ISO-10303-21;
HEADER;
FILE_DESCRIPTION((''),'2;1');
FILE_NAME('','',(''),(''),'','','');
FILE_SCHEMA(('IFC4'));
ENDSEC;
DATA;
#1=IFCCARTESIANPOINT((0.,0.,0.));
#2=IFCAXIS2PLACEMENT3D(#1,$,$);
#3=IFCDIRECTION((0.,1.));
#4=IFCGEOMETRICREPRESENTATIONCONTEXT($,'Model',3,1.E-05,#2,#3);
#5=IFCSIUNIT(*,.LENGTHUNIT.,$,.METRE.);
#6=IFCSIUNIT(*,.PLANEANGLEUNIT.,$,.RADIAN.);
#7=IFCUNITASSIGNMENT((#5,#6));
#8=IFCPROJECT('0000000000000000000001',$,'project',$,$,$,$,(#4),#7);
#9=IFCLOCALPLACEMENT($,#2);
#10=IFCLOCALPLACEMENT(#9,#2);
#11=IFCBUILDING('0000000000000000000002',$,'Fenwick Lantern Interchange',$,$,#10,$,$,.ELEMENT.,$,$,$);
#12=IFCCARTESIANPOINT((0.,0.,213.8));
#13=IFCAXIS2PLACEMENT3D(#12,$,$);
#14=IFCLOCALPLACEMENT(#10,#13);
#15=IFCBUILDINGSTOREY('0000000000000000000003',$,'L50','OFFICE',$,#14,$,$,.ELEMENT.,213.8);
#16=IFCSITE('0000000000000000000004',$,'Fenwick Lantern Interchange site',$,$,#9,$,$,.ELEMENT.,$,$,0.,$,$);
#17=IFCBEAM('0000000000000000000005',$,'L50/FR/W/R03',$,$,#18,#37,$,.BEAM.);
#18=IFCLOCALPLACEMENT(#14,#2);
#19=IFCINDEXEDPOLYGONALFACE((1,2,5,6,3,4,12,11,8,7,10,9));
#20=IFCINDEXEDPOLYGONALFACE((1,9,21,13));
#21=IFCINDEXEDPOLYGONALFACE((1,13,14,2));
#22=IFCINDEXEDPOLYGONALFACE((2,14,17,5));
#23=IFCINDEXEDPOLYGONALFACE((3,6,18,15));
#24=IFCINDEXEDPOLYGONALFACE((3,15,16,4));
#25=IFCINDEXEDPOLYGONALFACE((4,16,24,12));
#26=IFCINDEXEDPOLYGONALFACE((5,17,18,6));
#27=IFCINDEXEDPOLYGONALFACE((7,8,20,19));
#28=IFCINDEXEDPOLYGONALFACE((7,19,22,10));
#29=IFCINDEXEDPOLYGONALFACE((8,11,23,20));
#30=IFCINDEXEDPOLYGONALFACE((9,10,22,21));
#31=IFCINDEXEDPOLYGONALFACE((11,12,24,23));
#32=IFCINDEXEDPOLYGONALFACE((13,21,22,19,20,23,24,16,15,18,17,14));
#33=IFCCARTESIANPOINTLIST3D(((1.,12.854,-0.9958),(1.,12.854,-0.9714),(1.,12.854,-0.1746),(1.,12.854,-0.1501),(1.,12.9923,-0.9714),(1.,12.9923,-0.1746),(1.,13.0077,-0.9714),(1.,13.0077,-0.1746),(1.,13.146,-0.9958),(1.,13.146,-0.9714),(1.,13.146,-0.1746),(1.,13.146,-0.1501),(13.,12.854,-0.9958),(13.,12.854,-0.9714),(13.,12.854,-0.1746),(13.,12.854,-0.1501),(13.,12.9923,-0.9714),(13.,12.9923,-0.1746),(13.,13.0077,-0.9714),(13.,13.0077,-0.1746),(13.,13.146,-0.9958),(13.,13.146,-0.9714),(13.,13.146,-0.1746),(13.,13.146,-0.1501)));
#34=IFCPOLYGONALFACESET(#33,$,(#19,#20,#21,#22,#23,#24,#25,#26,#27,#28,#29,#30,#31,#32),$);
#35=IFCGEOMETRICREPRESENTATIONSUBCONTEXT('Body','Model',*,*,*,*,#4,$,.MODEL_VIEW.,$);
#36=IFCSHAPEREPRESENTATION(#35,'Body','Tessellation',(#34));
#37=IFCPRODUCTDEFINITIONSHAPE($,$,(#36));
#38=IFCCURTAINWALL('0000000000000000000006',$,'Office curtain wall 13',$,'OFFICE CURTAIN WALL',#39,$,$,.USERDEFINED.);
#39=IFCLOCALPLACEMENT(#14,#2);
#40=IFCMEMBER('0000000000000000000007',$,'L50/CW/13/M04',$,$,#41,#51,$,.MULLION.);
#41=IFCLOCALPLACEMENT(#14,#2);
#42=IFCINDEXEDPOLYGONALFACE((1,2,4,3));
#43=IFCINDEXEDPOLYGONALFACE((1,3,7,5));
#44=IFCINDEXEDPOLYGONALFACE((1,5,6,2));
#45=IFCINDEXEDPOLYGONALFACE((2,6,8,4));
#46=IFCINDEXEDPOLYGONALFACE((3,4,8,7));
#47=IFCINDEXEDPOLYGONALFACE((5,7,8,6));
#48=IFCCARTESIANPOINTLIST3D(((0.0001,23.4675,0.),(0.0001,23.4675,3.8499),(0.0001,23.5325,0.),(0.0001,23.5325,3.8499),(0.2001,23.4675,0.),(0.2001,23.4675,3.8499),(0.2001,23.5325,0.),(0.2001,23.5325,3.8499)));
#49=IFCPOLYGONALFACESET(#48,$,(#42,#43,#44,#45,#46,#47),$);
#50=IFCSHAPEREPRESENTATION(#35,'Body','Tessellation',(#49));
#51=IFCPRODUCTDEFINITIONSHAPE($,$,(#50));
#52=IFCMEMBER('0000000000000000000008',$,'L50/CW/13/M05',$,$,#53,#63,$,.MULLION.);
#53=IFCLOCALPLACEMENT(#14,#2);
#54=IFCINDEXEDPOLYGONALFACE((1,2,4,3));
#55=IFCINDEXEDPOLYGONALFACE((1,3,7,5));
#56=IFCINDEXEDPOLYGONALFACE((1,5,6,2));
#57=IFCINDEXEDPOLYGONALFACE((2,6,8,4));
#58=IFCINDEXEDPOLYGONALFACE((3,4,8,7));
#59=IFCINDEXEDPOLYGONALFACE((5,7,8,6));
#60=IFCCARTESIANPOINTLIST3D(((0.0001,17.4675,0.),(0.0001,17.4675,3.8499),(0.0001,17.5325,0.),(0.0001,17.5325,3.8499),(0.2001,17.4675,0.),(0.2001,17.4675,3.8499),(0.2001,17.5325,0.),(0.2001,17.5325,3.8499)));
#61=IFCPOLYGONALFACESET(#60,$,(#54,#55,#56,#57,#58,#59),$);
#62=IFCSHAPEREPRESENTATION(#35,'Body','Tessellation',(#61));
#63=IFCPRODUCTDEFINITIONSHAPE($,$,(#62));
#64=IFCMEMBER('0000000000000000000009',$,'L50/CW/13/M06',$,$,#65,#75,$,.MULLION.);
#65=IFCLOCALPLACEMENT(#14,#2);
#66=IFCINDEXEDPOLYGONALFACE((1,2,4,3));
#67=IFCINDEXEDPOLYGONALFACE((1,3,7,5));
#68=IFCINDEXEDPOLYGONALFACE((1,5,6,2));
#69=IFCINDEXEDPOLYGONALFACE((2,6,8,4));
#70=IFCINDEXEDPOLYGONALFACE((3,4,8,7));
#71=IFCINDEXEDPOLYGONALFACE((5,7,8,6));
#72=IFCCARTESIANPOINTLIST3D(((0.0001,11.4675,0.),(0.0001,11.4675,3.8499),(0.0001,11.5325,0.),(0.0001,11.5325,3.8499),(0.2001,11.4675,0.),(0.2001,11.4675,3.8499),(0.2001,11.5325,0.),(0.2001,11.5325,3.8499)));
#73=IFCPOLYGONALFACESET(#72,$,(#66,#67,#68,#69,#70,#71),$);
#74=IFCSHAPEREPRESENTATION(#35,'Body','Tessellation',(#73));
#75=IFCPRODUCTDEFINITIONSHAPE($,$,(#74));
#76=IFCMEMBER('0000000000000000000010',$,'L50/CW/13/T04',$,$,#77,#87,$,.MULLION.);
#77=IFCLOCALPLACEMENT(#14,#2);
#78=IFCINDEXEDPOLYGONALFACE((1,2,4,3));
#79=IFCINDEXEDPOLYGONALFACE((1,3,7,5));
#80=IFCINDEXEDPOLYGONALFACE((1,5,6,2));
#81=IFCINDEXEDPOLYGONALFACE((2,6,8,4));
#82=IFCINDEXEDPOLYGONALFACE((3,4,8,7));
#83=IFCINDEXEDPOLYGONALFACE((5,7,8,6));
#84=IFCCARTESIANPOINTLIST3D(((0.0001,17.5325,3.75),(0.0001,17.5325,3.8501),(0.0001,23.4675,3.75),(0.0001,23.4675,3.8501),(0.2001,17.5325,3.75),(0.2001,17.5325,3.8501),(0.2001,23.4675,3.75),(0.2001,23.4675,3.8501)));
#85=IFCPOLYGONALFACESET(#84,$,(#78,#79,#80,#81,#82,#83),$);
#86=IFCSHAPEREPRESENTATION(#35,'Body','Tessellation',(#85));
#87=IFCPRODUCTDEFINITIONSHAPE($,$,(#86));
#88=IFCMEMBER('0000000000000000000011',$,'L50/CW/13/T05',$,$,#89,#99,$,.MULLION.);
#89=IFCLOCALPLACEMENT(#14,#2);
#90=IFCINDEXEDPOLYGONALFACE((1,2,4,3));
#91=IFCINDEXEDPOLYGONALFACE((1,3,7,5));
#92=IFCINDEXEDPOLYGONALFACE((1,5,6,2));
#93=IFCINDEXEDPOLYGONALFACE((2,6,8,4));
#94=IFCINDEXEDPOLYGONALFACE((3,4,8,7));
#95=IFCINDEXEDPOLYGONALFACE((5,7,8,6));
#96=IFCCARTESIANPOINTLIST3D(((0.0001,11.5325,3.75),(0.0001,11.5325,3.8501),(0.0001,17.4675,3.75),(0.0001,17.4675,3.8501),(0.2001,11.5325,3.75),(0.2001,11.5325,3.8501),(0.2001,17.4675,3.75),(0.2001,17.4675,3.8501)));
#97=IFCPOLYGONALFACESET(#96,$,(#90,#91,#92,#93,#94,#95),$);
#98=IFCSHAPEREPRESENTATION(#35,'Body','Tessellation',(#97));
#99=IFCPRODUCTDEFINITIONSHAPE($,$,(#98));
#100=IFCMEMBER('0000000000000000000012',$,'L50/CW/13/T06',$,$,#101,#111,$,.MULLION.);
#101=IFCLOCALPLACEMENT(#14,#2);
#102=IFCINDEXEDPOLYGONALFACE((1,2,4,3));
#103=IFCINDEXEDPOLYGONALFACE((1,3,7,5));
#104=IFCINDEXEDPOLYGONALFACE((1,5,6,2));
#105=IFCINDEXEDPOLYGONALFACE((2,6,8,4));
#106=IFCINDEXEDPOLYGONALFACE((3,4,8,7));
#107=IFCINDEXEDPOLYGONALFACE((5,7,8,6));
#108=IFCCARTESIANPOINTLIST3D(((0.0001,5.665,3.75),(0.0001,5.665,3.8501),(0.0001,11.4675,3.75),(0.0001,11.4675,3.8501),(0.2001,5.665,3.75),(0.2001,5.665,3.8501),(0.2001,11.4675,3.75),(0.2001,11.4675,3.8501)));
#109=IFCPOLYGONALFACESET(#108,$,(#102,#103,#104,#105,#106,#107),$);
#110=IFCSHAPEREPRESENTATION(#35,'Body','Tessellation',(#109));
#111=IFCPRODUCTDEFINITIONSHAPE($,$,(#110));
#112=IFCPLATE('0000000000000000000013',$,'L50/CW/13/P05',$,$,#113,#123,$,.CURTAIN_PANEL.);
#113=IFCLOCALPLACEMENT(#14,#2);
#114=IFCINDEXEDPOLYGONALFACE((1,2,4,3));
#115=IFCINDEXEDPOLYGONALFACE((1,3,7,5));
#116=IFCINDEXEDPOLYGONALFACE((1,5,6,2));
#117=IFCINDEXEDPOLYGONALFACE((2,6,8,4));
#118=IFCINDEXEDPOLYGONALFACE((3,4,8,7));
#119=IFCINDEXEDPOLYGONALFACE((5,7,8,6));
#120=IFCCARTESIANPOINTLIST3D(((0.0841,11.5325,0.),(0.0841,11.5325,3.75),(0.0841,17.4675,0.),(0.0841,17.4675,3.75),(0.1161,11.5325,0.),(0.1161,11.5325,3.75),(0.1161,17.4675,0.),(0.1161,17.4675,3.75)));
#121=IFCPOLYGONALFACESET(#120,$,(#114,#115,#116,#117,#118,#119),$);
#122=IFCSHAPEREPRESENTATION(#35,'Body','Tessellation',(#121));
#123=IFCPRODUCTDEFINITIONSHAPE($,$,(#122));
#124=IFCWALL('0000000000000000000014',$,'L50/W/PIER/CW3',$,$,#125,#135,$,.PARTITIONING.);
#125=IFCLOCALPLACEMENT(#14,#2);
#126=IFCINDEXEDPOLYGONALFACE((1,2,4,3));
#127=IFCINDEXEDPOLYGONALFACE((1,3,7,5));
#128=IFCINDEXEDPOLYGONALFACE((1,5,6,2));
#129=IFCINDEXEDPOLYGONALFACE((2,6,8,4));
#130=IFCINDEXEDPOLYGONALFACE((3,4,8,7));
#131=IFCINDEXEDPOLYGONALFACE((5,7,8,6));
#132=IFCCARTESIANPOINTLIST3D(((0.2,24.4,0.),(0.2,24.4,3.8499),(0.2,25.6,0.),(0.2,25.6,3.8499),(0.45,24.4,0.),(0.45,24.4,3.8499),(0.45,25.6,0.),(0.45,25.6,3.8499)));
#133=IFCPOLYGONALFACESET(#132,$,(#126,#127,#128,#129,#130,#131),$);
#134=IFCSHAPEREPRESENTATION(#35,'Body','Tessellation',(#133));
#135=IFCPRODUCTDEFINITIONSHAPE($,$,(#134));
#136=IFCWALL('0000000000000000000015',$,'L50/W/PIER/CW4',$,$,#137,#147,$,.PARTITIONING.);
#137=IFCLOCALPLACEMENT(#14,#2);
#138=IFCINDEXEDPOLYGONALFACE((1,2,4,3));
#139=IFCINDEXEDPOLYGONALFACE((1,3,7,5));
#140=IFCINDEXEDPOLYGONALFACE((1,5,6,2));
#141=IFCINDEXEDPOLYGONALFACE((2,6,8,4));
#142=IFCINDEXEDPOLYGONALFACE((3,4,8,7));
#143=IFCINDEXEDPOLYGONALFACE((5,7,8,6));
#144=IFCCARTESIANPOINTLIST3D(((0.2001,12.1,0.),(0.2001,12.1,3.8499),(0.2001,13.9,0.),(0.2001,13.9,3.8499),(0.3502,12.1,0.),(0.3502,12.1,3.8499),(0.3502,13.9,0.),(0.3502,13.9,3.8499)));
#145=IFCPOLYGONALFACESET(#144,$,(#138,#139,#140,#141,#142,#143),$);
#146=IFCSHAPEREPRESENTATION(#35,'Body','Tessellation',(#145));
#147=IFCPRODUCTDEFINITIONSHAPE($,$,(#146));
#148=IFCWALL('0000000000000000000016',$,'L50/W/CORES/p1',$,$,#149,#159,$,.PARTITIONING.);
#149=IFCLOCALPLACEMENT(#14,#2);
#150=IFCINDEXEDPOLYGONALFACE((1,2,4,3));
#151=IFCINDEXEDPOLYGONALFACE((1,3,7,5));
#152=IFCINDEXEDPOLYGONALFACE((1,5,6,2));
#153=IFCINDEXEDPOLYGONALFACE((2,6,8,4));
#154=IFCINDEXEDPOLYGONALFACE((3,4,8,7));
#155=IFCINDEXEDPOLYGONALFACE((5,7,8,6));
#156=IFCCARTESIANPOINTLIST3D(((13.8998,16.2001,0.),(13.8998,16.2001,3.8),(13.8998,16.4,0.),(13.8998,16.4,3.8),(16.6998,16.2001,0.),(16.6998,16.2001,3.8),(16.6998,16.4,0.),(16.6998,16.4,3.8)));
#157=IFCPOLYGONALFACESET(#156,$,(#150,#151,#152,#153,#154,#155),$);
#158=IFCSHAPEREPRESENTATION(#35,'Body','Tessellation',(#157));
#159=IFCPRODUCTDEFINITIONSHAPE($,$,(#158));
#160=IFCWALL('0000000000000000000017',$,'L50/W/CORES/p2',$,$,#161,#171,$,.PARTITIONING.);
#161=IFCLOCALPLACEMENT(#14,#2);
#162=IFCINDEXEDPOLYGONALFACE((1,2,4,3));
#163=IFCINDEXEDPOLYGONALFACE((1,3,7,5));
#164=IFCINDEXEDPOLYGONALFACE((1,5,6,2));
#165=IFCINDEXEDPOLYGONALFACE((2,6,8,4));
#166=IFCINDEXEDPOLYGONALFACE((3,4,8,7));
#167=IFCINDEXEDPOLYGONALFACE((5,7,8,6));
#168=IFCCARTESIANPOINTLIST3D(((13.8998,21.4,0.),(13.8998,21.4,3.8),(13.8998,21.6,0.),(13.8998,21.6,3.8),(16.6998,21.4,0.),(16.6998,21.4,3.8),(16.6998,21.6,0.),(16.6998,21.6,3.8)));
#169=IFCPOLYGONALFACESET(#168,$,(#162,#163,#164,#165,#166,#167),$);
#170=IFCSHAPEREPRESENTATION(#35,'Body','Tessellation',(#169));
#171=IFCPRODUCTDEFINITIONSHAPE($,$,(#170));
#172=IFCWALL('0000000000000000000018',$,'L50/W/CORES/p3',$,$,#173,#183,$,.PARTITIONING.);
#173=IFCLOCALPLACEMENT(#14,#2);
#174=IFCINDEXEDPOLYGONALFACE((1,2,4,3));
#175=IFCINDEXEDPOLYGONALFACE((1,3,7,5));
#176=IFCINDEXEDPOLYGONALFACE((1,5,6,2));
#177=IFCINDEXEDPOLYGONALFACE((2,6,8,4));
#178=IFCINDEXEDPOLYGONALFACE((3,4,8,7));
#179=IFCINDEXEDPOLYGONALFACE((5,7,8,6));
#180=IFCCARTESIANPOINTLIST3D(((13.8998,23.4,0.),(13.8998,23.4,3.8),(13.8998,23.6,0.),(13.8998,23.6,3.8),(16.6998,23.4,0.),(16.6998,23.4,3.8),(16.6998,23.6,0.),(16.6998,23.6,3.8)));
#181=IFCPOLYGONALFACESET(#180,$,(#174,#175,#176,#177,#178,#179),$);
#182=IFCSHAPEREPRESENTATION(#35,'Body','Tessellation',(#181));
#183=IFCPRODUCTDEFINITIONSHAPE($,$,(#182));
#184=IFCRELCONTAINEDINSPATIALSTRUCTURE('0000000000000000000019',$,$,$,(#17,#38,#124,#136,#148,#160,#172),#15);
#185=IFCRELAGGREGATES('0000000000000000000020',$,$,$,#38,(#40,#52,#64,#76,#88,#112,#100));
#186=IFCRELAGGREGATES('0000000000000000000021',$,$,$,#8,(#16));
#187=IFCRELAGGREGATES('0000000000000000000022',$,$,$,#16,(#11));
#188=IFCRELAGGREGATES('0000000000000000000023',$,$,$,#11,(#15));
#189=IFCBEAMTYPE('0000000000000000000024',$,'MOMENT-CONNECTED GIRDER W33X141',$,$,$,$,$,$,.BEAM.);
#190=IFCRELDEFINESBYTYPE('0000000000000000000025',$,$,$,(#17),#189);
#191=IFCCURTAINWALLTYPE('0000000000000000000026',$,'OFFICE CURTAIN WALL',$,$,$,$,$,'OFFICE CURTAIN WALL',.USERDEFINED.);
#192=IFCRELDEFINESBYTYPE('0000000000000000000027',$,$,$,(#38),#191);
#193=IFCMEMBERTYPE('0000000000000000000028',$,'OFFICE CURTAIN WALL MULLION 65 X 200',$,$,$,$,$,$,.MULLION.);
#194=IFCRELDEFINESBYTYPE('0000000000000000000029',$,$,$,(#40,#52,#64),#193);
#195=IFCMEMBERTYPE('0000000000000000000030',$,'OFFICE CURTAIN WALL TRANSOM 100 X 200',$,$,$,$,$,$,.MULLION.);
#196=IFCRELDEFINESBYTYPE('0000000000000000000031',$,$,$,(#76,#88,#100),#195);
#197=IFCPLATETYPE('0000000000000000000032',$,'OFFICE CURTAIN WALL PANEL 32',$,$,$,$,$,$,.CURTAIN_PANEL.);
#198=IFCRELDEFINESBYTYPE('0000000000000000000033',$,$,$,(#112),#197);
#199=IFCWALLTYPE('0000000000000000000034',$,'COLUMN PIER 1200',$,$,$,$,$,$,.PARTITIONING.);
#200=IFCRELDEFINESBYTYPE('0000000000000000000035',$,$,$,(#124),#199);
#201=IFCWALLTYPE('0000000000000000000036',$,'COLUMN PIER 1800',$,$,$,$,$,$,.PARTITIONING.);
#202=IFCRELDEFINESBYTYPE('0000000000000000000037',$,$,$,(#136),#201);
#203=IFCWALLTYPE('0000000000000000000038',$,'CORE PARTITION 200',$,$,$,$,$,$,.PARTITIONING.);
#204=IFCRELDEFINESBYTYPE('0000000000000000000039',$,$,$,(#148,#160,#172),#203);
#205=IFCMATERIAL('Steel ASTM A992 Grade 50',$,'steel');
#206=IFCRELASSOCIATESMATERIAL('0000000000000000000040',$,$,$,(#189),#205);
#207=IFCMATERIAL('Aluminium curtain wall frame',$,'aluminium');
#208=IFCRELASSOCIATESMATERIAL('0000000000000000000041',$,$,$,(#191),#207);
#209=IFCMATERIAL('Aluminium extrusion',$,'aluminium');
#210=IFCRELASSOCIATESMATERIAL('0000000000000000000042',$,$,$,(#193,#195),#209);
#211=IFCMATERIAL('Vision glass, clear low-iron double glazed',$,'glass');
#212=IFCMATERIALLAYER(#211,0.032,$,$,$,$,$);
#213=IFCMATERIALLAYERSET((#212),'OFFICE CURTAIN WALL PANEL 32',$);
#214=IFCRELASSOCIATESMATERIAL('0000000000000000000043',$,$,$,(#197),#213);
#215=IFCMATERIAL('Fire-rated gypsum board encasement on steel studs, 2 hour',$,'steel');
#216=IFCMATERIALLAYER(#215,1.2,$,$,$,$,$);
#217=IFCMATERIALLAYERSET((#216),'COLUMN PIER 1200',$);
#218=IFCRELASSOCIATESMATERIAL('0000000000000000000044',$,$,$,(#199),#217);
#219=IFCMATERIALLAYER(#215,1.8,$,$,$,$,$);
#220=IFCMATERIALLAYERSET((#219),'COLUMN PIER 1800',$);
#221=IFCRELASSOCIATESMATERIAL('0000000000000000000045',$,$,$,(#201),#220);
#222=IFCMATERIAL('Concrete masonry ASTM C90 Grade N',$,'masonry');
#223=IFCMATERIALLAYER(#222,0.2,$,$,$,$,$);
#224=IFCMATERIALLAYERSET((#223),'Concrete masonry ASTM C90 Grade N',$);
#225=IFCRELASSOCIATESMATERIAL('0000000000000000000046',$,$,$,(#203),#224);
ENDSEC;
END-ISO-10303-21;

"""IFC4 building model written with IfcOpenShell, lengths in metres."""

from ifc_helpers import new_model, si_unit, direction, frame, frame_2d, origin, origin_2d, place, context, subcontext, project, spatial, rectangle, i_section, extrude, material, layer, layer_set, material_profile, profile_set, type_object, element, aggregate, save


model = new_model("IFC4")

# Units and contexts
model_context = context("Model", 3, precision=1e-05, world=origin(), true_north=direction((0.0, 1.0)))
body_context = subcontext(model_context, "Body", "Model", "MODEL_VIEW")
ifc_project = project(units=[si_unit("LENGTHUNIT", "METRE"), si_unit("PLANEANGLEUNIT", "RADIAN")], contexts=[model_context])

# Site, building, storey
site_placement = place(None, origin())
site = spatial("IfcSite", under=ifc_project, at=site_placement, Name="Fenwick Lantern Interchange site", CompositionType="ELEMENT", RefElevation=0.0)
building_placement = place(site_placement, origin())
building = spatial("IfcBuilding", under=site, at=building_placement, Name="Fenwick Lantern Interchange", CompositionType="ELEMENT")
storey_placement = place(building_placement, frame((0.0, 0.0, 213.8)))
storey = spatial("IfcBuildingStorey", under=building, at=storey_placement, Name="L50", Description="OFFICE", CompositionType="ELEMENT", Elevation=213.8)

# Beam
ifc_material_1 = material(Name="Steel ASTM A992 Grade 50", Category="steel")
ifc_material_profile_1 = material_profile(ifc_material_1, i_section(OverallWidth=0.292, OverallDepth=0.8457, WebThickness=0.0154, FlangeThickness=0.0244, at=origin_2d()), Name="W33X141")
ifc_profile_set_1 = profile_set([ifc_material_profile_1], Name="Steel ASTM A992 Grade 50")
beam_type_1 = type_object("IfcBeamType", Name="MOMENT-CONNECTED GIRDER W33X141", PredefinedType="BEAM", material=ifc_profile_set_1)
beam_1_placement = place(storey_placement, frame((1.0, 13.0, -0.573), z_axis=(1.0, 0.0, 0.0), x_axis=(0.0, 1.0, 0.0)))
element("IfcBeam", 1, at=beam_1_placement, inside=storey, type_object=beam_type_1, Name="L50/FR/W/R03", PredefinedType="BEAM", context=body_context, shape_type="SweptSolid", body=[
    extrude(i_section(OverallWidth=0.292, OverallDepth=0.8457, WebThickness=0.0154, FlangeThickness=0.0244, at=origin_2d()), origin(), (0.0, 0.0, 1.0), 12.0),
])

# Curtain wall, members, plate
ifc_material_2 = material(Name="Aluminium curtain wall frame", Category="aluminium")
curtain_wall_type = type_object("IfcCurtainWallType", Name="OFFICE CURTAIN WALL", ElementType="OFFICE CURTAIN WALL", PredefinedType="USERDEFINED", material=ifc_material_2)
curtain_wall_placement = place(storey_placement, origin())
curtain_wall = element("IfcCurtainWall", 2, at=curtain_wall_placement, inside=storey, type_object=curtain_wall_type, Name="Office curtain wall 13", ObjectType="OFFICE CURTAIN WALL", PredefinedType="USERDEFINED")
ifc_material_3 = material(Name="Aluminium extrusion", Category="aluminium")
ifc_material_profile_2 = material_profile(ifc_material_3, rectangle(XDim=0.2, YDim=0.0649, at=origin_2d()), Name="OFFICE CURTAIN WALL MULLION 65 X 200")
ifc_profile_set_2 = profile_set([ifc_material_profile_2], Name="Aluminium extrusion")
member_type_1 = type_object("IfcMemberType", Name="OFFICE CURTAIN WALL MULLION 65 X 200", PredefinedType="MULLION", material=ifc_profile_set_2)
member_1_placement = place(storey_placement, frame((0.1001, 23.5, 0.0), z_axis=(0.0, 0.0, 1.0), x_axis=(1.0, 0.0, 0.0)))
member_1 = element("IfcMember", 3, at=member_1_placement, type_object=member_type_1, Name="L50/CW/13/M04", PredefinedType="MULLION", context=body_context, shape_type="SweptSolid", body=[
    extrude(rectangle(XDim=0.2, YDim=0.0649, at=origin_2d()), origin(), (0.0, 0.0, 1.0), 3.8499),
])
member_2_placement = place(storey_placement, frame((0.1001, 17.5, 0.0), z_axis=(0.0, 0.0, 1.0), x_axis=(1.0, 0.0, 0.0)))
member_2 = element("IfcMember", 4, at=member_2_placement, type_object=member_type_1, Name="L50/CW/13/M05", PredefinedType="MULLION", context=body_context, shape_type="SweptSolid", body=[
    extrude(rectangle(XDim=0.2, YDim=0.0649, at=origin_2d()), origin(), (0.0, 0.0, 1.0), 3.8499),
])
member_3_placement = place(storey_placement, frame((0.1001, 11.5, 0.0), z_axis=(0.0, 0.0, 1.0), x_axis=(1.0, 0.0, 0.0)))
member_3 = element("IfcMember", 5, at=member_3_placement, type_object=member_type_1, Name="L50/CW/13/M06", PredefinedType="MULLION", context=body_context, shape_type="SweptSolid", body=[
    extrude(rectangle(XDim=0.2, YDim=0.0649, at=origin_2d()), origin(), (0.0, 0.0, 1.0), 3.8499),
])
ifc_material_profile_3 = material_profile(ifc_material_3, rectangle(XDim=0.2, YDim=0.1001, at=origin_2d()), Name="OFFICE CURTAIN WALL TRANSOM 100 X 200")
ifc_profile_set_3 = profile_set([ifc_material_profile_3], Name="Aluminium extrusion")
member_type_2 = type_object("IfcMemberType", Name="OFFICE CURTAIN WALL TRANSOM 100 X 200", PredefinedType="MULLION", material=ifc_profile_set_3)
member_4_placement = place(storey_placement, frame((0.1001, 23.4675, 3.8), z_axis=(0.0, -1.0, 0.0), x_axis=(1.0, 0.0, 0.0)))
member_4 = element("IfcMember", 6, at=member_4_placement, type_object=member_type_2, Name="L50/CW/13/T04", PredefinedType="MULLION", context=body_context, shape_type="SweptSolid", body=[
    extrude(rectangle(XDim=0.2, YDim=0.1001, at=origin_2d()), origin(), (0.0, 0.0, 1.0), 5.9351),
])
member_5_placement = place(storey_placement, frame((0.1001, 17.4675, 3.8), z_axis=(0.0, -1.0, 0.0), x_axis=(1.0, 0.0, 0.0)))
member_5 = element("IfcMember", 7, at=member_5_placement, type_object=member_type_2, Name="L50/CW/13/T05", PredefinedType="MULLION", context=body_context, shape_type="SweptSolid", body=[
    extrude(rectangle(XDim=0.2, YDim=0.1001, at=origin_2d()), origin(), (0.0, 0.0, 1.0), 5.9351),
])
member_6_placement = place(storey_placement, frame((0.1001, 11.4675, 3.8), z_axis=(0.0, -1.0, 0.0), x_axis=(1.0, 0.0, 0.0)))
member_6 = element("IfcMember", 8, at=member_6_placement, type_object=member_type_2, Name="L50/CW/13/T06", PredefinedType="MULLION", context=body_context, shape_type="SweptSolid", body=[
    extrude(rectangle(XDim=0.2, YDim=0.1001, at=origin_2d()), origin(), (0.0, 0.0, 1.0), 5.8025),
])
ifc_material_4 = material(Name="Vision glass, clear low-iron double glazed", Category="glass")
ifc_layer_1 = layer(ifc_material_4, 0.032)
ifc_layer_set_1 = layer_set([ifc_layer_1], Name="OFFICE CURTAIN WALL PANEL 32")
plate_type = type_object("IfcPlateType", Name="OFFICE CURTAIN WALL PANEL 32", PredefinedType="CURTAIN_PANEL", material=ifc_layer_set_1)
plate_placement = place(storey_placement, frame((0.1001, 14.5, 0.0), z_axis=(0.0, 0.0, 1.0), x_axis=(0.0, -1.0, 0.0)))
plate = element("IfcPlate", 9, at=plate_placement, type_object=plate_type, Name="L50/CW/13/P05", PredefinedType="CURTAIN_PANEL", context=body_context, shape_type="SweptSolid", body=[
    extrude(rectangle(XDim=5.9351, YDim=0.032, at=origin_2d()), origin(), (0.0, 0.0, 1.0), 3.75),
])
aggregate(curtain_wall, [member_1, member_2, member_3, member_4, member_5, plate, member_6])

# Walls
ifc_material_5 = material(Name="Fire-rated gypsum board encasement on steel studs, 2 hour", Category="steel")
ifc_layer_2 = layer(ifc_material_5, 1.2)
ifc_layer_set_2 = layer_set([ifc_layer_2], Name="COLUMN PIER 1200")
wall_type_1 = type_object("IfcWallType", Name="COLUMN PIER 1200", PredefinedType="PARTITIONING", material=ifc_layer_set_2)
wall_1_placement = place(storey_placement, frame((0.2, 25.0, 0.0), z_axis=(0.0, 0.0, 1.0), x_axis=(1.0, 0.0, 0.0)))
element("IfcWall", 10, at=wall_1_placement, inside=storey, type_object=wall_type_1, Name="L50/W/PIER/CW3", PredefinedType="PARTITIONING", context=body_context, shape_type="SweptSolid", body=[
    extrude(rectangle(XDim=0.25, YDim=1.2, at=frame_2d((0.125, 0.0))), origin(), (0.0, 0.0, 1.0), 3.8499),
])
ifc_layer_3 = layer(ifc_material_5, 1.8)
ifc_layer_set_3 = layer_set([ifc_layer_3], Name="COLUMN PIER 1800")
wall_type_2 = type_object("IfcWallType", Name="COLUMN PIER 1800", PredefinedType="PARTITIONING", material=ifc_layer_set_3)
wall_2_placement = place(storey_placement, frame((0.2, 13.0, 0.0), z_axis=(0.0, 0.0, 1.0), x_axis=(1.0, 0.0, 0.0)))
element("IfcWall", 11, at=wall_2_placement, inside=storey, type_object=wall_type_2, Name="L50/W/PIER/CW4", PredefinedType="PARTITIONING", context=body_context, shape_type="SweptSolid", body=[
    extrude(rectangle(XDim=0.1501, YDim=1.8, at=frame_2d((0.0752, 0.0))), origin(), (0.0, 0.0, 1.0), 3.8499),
])
ifc_material_6 = material(Name="Concrete masonry ASTM C90 Grade N", Category="masonry")
ifc_layer_4 = layer(ifc_material_6, 0.2)
ifc_layer_set_4 = layer_set([ifc_layer_4], Name="Concrete masonry ASTM C90 Grade N")
wall_type_3 = type_object("IfcWallType", Name="CORE PARTITION 200", PredefinedType="PARTITIONING", material=ifc_layer_set_4)
for number, where, z_axis, x_axis, name in (
    (12, (13.8999, 16.3, 0.0), (0.0, 0.0, 1.0), (1.0, 0.0, 0.0), "L50/W/CORES/p1"),
    (13, (13.8999, 21.5, 0.0), (0.0, 0.0, 1.0), (1.0, 0.0, 0.0), "L50/W/CORES/p2"),
    (14, (13.8999, 23.5, 0.0), (0.0, 0.0, 1.0), (1.0, 0.0, 0.0), "L50/W/CORES/p3"),
):
    element("IfcWall", number, at=place(storey_placement, frame(where, z_axis=z_axis, x_axis=x_axis)), inside=storey, type_object=wall_type_3, Name=name, PredefinedType="PARTITIONING", context=body_context, shape_type="SweptSolid", body=[
        extrude(rectangle(XDim=2.8, YDim=0.2, at=frame_2d((1.3999, 0.0))), origin(), (0.0, 0.0, 1.0), 3.8),
    ])

save(model, "model.ifc")
